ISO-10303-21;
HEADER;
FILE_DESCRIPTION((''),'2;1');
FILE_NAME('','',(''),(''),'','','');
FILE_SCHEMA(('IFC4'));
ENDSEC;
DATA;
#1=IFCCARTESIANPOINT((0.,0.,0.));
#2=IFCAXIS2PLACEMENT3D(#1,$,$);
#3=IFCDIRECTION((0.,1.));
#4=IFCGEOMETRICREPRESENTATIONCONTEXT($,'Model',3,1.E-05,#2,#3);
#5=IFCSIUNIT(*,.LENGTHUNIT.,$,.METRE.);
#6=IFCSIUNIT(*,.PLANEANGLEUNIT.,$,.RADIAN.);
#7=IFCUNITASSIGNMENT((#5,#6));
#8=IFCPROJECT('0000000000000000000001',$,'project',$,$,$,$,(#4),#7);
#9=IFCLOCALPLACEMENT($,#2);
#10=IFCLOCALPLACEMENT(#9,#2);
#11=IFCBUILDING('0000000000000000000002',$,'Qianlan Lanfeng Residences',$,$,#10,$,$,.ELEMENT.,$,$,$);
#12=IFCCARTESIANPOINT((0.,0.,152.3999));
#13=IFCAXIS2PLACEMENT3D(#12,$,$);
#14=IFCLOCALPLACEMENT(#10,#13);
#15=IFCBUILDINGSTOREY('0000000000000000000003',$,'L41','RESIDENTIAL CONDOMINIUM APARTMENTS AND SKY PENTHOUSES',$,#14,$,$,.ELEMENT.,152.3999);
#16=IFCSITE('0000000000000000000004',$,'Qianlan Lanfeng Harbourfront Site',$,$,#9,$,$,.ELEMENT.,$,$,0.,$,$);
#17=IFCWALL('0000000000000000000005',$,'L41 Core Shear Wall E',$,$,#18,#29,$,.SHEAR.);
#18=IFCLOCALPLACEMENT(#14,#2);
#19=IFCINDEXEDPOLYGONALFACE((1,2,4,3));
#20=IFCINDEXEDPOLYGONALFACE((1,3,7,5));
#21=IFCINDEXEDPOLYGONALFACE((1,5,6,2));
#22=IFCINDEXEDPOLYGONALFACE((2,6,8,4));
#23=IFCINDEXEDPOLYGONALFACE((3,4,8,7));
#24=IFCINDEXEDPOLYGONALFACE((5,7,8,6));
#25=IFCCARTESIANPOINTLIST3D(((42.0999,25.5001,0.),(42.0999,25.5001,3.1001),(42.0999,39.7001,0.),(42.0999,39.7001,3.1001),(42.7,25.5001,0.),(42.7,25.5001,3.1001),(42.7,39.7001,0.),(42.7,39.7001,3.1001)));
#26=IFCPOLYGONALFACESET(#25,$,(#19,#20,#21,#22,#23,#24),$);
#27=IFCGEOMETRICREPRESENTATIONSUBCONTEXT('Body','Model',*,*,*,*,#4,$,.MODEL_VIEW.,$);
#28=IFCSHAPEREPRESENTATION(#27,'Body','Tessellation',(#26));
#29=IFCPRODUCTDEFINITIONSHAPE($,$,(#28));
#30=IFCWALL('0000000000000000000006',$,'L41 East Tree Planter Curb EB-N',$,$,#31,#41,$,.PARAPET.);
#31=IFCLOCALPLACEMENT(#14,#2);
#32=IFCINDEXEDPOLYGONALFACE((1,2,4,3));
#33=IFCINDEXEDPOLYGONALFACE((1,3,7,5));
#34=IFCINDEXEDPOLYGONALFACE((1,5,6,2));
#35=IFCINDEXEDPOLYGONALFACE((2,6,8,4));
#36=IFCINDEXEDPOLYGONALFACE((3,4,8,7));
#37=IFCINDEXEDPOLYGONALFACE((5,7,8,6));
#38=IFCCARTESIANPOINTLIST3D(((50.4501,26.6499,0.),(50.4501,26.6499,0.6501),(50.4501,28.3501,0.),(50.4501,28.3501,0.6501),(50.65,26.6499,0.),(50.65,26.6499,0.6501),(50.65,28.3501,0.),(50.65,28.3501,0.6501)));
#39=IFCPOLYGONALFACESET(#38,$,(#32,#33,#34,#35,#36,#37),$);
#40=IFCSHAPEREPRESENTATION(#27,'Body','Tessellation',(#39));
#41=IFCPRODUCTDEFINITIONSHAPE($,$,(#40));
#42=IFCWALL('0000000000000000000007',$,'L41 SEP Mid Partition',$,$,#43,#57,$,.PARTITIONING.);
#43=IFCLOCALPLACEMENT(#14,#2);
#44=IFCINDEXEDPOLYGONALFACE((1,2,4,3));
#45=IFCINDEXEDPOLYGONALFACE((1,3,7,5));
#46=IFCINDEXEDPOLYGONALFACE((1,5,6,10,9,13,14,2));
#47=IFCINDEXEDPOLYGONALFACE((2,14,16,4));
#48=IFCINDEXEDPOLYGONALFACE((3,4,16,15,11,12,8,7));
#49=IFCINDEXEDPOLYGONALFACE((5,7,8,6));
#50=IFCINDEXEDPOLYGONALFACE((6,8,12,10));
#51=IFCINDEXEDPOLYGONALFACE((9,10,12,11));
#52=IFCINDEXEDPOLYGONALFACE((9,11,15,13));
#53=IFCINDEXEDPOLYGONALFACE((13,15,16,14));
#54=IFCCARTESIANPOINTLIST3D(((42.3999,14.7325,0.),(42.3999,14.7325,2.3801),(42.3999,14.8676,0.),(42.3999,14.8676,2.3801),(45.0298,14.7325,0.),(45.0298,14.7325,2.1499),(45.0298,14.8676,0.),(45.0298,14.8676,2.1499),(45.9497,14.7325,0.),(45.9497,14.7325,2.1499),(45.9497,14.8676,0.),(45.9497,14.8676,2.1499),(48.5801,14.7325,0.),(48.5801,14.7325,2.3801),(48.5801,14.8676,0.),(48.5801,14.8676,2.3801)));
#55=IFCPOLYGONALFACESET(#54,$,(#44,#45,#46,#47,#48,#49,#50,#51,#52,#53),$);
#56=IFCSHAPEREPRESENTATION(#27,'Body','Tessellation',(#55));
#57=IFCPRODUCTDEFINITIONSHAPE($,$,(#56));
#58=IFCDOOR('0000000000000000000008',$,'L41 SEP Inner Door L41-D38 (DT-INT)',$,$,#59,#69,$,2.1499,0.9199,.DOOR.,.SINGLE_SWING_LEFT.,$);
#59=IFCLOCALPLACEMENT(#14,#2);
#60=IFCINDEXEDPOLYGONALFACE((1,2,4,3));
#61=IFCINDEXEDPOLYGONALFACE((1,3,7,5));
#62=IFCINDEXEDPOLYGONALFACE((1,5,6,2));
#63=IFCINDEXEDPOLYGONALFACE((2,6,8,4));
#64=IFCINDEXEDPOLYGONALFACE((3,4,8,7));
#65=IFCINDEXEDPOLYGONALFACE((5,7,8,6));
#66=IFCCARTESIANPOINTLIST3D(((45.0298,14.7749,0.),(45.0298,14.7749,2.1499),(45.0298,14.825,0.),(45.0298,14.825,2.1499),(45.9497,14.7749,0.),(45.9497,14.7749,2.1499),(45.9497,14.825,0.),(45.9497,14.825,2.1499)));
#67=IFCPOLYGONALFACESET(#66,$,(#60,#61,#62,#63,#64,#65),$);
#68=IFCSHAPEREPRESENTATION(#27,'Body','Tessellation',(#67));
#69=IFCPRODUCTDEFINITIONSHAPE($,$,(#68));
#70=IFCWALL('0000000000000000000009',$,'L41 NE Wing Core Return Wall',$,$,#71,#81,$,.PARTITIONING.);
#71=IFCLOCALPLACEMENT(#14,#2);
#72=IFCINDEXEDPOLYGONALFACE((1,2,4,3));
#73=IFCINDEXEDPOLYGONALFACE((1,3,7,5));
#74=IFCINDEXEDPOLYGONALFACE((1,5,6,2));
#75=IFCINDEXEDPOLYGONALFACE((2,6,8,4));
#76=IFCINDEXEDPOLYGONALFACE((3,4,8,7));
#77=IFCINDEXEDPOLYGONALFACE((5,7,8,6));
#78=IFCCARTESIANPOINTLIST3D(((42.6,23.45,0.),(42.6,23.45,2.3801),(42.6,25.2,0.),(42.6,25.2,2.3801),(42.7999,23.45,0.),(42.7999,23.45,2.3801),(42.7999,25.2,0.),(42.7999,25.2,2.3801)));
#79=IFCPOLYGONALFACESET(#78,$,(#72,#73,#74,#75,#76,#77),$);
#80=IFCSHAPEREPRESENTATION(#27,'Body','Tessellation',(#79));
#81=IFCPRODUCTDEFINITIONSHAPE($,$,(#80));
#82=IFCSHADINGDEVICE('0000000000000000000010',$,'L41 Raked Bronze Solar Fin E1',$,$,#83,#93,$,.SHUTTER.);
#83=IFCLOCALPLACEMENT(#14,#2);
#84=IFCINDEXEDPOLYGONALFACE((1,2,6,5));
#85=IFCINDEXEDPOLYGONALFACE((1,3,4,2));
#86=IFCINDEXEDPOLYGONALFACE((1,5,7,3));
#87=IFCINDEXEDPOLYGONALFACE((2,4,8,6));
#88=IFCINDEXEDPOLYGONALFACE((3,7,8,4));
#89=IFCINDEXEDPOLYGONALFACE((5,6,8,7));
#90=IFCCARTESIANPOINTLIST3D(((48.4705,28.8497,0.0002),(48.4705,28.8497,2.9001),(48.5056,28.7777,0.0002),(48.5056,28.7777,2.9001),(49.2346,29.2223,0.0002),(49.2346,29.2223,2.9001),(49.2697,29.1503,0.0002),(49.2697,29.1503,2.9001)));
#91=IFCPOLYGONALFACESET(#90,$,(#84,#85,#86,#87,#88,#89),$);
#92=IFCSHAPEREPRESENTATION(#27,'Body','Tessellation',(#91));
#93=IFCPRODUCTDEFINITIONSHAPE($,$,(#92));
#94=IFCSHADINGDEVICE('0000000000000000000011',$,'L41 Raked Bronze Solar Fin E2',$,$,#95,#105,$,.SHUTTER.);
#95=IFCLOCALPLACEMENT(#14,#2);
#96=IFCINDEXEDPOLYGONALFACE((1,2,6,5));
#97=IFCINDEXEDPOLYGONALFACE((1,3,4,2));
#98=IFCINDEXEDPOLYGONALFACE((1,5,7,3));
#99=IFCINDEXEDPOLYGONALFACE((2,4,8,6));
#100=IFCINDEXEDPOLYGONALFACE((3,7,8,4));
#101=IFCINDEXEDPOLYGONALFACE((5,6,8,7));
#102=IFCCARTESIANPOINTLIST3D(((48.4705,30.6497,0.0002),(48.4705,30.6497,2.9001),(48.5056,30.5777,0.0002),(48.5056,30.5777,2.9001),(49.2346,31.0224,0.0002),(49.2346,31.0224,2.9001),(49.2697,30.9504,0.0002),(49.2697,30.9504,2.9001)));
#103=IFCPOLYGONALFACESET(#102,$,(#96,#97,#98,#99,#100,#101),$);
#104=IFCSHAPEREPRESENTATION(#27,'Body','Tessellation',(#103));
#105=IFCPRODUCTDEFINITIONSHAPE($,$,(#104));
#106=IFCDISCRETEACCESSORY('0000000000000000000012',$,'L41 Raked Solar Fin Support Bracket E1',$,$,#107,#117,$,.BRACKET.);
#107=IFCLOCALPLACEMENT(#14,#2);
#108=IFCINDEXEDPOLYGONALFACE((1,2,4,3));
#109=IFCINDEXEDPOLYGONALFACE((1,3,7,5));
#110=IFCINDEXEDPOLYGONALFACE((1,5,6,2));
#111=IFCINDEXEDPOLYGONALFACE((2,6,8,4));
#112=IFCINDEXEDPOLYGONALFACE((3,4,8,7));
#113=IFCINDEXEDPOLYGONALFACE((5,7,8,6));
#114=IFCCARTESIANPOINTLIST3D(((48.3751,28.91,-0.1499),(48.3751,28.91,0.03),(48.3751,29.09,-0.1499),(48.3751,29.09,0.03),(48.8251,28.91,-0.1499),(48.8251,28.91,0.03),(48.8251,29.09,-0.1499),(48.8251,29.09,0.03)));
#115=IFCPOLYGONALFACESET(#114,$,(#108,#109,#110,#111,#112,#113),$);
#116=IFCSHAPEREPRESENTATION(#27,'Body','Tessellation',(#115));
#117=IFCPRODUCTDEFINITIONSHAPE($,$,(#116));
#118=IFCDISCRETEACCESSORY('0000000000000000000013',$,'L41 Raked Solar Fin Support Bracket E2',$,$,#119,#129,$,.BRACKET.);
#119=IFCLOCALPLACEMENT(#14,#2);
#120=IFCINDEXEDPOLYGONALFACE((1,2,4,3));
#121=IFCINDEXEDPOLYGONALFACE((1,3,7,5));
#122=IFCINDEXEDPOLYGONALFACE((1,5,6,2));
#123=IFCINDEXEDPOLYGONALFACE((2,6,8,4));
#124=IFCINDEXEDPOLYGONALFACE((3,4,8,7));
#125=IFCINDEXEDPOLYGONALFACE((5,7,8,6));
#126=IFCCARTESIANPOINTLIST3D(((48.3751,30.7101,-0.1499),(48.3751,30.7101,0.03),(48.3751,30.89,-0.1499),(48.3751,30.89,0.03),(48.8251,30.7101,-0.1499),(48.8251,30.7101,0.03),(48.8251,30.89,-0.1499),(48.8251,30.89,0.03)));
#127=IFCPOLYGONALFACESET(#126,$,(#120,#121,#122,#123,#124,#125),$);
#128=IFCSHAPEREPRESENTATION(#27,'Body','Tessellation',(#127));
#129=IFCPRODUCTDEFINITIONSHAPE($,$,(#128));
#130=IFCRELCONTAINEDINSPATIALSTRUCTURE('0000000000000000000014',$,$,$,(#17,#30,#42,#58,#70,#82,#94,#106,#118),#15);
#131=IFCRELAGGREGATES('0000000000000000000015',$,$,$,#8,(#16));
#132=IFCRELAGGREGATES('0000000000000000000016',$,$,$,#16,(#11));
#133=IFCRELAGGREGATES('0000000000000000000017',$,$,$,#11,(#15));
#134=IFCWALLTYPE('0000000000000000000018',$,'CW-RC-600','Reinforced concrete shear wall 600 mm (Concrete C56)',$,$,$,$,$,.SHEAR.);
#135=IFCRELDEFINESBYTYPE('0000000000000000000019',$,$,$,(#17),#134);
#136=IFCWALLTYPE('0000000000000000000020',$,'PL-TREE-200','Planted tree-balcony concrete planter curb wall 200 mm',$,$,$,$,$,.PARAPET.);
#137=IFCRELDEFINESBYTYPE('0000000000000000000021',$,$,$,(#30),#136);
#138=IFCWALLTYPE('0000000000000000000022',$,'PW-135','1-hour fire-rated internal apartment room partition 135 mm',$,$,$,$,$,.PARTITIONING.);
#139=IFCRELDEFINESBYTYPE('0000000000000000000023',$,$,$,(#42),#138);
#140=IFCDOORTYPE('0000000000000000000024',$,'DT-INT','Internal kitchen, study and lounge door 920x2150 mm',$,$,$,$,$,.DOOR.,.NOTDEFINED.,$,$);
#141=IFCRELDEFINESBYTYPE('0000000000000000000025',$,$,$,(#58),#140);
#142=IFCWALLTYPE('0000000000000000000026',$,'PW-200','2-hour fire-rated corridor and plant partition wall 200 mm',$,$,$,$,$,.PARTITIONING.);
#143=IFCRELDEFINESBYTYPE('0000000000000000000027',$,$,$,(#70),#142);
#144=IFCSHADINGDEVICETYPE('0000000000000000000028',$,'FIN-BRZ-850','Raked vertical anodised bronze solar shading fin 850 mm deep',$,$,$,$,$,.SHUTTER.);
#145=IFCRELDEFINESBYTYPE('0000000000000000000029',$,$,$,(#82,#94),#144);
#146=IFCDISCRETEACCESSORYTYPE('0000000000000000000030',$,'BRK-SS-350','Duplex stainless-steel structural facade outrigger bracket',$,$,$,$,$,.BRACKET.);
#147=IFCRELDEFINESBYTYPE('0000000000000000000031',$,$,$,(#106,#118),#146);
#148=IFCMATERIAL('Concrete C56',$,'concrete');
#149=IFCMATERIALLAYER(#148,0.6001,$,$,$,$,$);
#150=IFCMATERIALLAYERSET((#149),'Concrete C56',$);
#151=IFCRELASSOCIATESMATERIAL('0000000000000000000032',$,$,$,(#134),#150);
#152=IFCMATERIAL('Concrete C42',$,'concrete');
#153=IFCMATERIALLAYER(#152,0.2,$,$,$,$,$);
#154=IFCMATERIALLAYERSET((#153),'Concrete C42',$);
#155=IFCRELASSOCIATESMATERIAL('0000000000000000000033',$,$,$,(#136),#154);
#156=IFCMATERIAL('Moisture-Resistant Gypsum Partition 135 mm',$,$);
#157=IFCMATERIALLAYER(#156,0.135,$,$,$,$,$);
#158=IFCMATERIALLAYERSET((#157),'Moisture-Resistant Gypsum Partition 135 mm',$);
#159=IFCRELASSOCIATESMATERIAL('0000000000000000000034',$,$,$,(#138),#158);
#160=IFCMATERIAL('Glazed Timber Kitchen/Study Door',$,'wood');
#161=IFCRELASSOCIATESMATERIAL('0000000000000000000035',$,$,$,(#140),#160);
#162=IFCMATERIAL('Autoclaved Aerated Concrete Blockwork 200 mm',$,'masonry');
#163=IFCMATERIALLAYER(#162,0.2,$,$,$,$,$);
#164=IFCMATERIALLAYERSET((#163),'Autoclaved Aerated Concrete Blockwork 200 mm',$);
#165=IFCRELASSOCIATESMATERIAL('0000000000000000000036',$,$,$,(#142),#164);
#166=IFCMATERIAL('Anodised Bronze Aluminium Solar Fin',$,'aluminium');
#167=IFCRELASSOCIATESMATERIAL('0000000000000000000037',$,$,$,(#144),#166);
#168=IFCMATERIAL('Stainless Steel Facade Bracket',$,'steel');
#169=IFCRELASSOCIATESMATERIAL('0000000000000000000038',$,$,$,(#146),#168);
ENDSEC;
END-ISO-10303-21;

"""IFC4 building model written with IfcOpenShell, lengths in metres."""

from ifc_helpers import new_model, si_unit, direction, frame, frame_2d, origin, origin_2d, place, context, subcontext, project, spatial, rectangle, extrude, source, transform, mapped, material, layer, layer_set, type_object, element, fill, save


model = new_model("IFC4")

# Units and contexts
model_context = context("Model", 3, precision=1e-05, world=origin(), true_north=direction((0.0, 1.0)))
body_context = subcontext(model_context, "Body", "Model", "MODEL_VIEW")
ifc_project = project(units=[si_unit("LENGTHUNIT", "METRE"), si_unit("PLANEANGLEUNIT", "RADIAN")], contexts=[model_context])

# Site, building, storey
site_placement = place(None, origin())
site = spatial("IfcSite", under=ifc_project, at=site_placement, Name="Qianlan Lanfeng Harbourfront Site", CompositionType="ELEMENT", RefElevation=0.0)
building_placement = place(site_placement, origin())
building = spatial("IfcBuilding", under=site, at=building_placement, Name="Qianlan Lanfeng Residences", CompositionType="ELEMENT")
storey_placement = place(building_placement, frame((0.0, 0.0, 152.3999)))
storey = spatial("IfcBuildingStorey", under=building, at=storey_placement, Name="L41", Description="RESIDENTIAL CONDOMINIUM APARTMENTS AND SKY PENTHOUSES", CompositionType="ELEMENT", Elevation=152.3999)

# Walls
ifc_material_1 = material(Name="Concrete C56", Category="concrete")
ifc_layer_1 = layer(ifc_material_1, 0.6001)
ifc_layer_set_1 = layer_set([ifc_layer_1], Name="Concrete C56")
wall_type_1 = type_object("IfcWallType", Name="CW-RC-600", Description="Reinforced concrete shear wall 600 mm (Concrete C56)", PredefinedType="SHEAR", material=ifc_layer_set_1)
wall_1_placement = place(storey_placement, frame((42.3999, 25.5, 0.0), z_axis=(0.0, 0.0, 1.0), x_axis=(0.0, 1.0, 0.0)))
element("IfcWall", 1, at=wall_1_placement, inside=storey, type_object=wall_type_1, Name="L41 Core Shear Wall E", PredefinedType="SHEAR", context=body_context, shape_type="SweptSolid", body=[
    extrude(rectangle(XDim=14.2, YDim=0.6001, at=frame_2d((7.1001, 0.0))), origin(), (0.0, 0.0, 1.0), 3.1001),
])
ifc_material_2 = material(Name="Concrete C42", Category="concrete")
ifc_layer_2 = layer(ifc_material_2, 0.2)
ifc_layer_set_2 = layer_set([ifc_layer_2], Name="Concrete C42")
wall_type_2 = type_object("IfcWallType", Name="PL-TREE-200", Description="Planted tree-balcony concrete planter curb wall 200 mm", PredefinedType="PARAPET", material=ifc_layer_set_2)
wall_2_placement = place(storey_placement, frame((50.55, 26.6499, 0.0), z_axis=(0.0, 0.0, 1.0), x_axis=(0.0, 1.0, 0.0)))
element("IfcWall", 2, at=wall_2_placement, inside=storey, type_object=wall_type_2, Name="L41 East Tree Planter Curb EB-N", PredefinedType="PARAPET", context=body_context, shape_type="SweptSolid", body=[
    extrude(rectangle(XDim=1.7002, YDim=0.2, at=frame_2d((0.8501, 0.0))), origin(), (0.0, 0.0, 1.0), 0.6501),
])

# Wall, opening, door
ifc_material_3 = material(Name="Moisture-Resistant Gypsum Partition 135 mm")
ifc_layer_3 = layer(ifc_material_3, 0.135)
ifc_layer_set_3 = layer_set([ifc_layer_3], Name="Moisture-Resistant Gypsum Partition 135 mm")
wall_type_3 = type_object("IfcWallType", Name="PW-135", Description="1-hour fire-rated internal apartment room partition 135 mm", PredefinedType="PARTITIONING", material=ifc_layer_set_3)
wall_3_placement = place(storey_placement, frame((42.3999, 14.8, 0.0), z_axis=(0.0, 0.0, 1.0), x_axis=(1.0, 0.0, 0.0)))
wall_3 = element("IfcWall", 3, at=wall_3_placement, inside=storey, type_object=wall_type_3, Name="L41 SEP Mid Partition", PredefinedType="PARTITIONING", context=body_context, shape_type="SweptSolid", body=[
    extrude(rectangle(XDim=6.1802, YDim=0.135, at=frame_2d((3.0901, 0.0))), origin(), (0.0, 0.0, 1.0), 2.3801),
])
opening_1_placement = place(wall_3_placement, frame((2.6299, 0.0, 0.0)))
opening_1 = element("IfcOpeningElement", 4, at=opening_1_placement, cuts=wall_3, PredefinedType="OPENING", context=body_context, shape_type="SweptSolid", body=[
    extrude(rectangle(XDim=0.9199, YDim=2.1499, at=frame_2d((0.46, 1.075))), frame((0.0, 0.0776, 0.0), z_axis=(0.0, -1.0, 0.0), x_axis=(1.0, 0.0, 0.0)), (0.0, 0.0, 1.0), 0.155),
])
ifc_material_4 = material(Name="Glazed Timber Kitchen/Study Door", Category="wood")
door_type = type_object("IfcDoorType", Name="DT-INT", Description="Internal kitchen, study and lounge door 920x2150 mm", OperationType="NOTDEFINED", PredefinedType="DOOR", material=ifc_material_4)
door_1_placement = place(opening_1_placement, origin())
door_1 = element("IfcDoor", 5, at=door_1_placement, inside=storey, type_object=door_type, Name="L41 SEP Inner Door L41-D38 (DT-INT)", OperationType="SINGLE_SWING_LEFT", OverallHeight=2.1499, OverallWidth=0.9199, PredefinedType="DOOR", context=body_context, shape_type="SweptSolid", body=[
    extrude(rectangle(XDim=0.9199, YDim=2.1499, at=frame_2d((0.46, 1.075))), frame((0.0, 0.0249, 0.0), z_axis=(0.0, -1.0, 0.0), x_axis=(1.0, 0.0, 0.0)), (0.0, 0.0, 1.0), 0.05),
])
fill(opening_1, door_1)
ifc_material_5 = material(Name="Autoclaved Aerated Concrete Blockwork 200 mm", Category="masonry")
ifc_layer_4 = layer(ifc_material_5, 0.2)
ifc_layer_set_4 = layer_set([ifc_layer_4], Name="Autoclaved Aerated Concrete Blockwork 200 mm")
wall_type_4 = type_object("IfcWallType", Name="PW-200", Description="2-hour fire-rated corridor and plant partition wall 200 mm", PredefinedType="PARTITIONING", material=ifc_layer_set_4)

# Wall
wall_4_placement = place(storey_placement, frame((42.7, 23.45, 0.0), z_axis=(0.0, 0.0, 1.0), x_axis=(0.0, 1.0, 0.0)))
element("IfcWall", 6, at=wall_4_placement, inside=storey, type_object=wall_type_4, Name="L41 NE Wing Core Return Wall", PredefinedType="PARTITIONING", context=body_context, shape_type="SweptSolid", body=[
    extrude(rectangle(XDim=1.75, YDim=0.2, at=frame_2d((0.875, 0.0))), origin(), (0.0, 0.0, 1.0), 2.3801),
])

# Shading devices
ifc_material_6 = material(Name="Anodised Bronze Aluminium Solar Fin", Category="aluminium")
shading_device_type = type_object("IfcShadingDeviceType", Name="FIN-BRZ-850", Description="Raked vertical anodised bronze solar shading fin 850 mm deep", PredefinedType="SHUTTER", material=ifc_material_6)
shared_shape_1 = source(origin(), body_context, "Body", "SweptSolid", [
    extrude(rectangle(XDim=0.8501, YDim=0.0801, at=origin_2d()), origin(), (0.0, 0.0, 1.0), 2.8999),
])
for number, where, z_axis, x_axis, name in (
    (7, (48.8701, 29.0, 0.0002), (0.0, 0.0, 1.0), (0.898794, 0.438371, 0.0), "L41 Raked Bronze Solar Fin E1"),
    (8, (48.8701, 30.8, 0.0002), (0.0, 0.0, 1.0), (0.898794, 0.438371, 0.0), "L41 Raked Bronze Solar Fin E2"),
):
    element("IfcShadingDevice", number, at=place(storey_placement, frame(where, z_axis=z_axis, x_axis=x_axis)), inside=storey, type_object=shading_device_type, Name=name, PredefinedType="SHUTTER", context=body_context, shape_type="MappedRepresentation", body=[
        mapped(shared_shape_1, transform((0.0, 0.0, 0.0), scale=1.0)),
    ])

# Discrete accessories
ifc_material_7 = material(Name="Stainless Steel Facade Bracket", Category="steel")
discrete_accessory_type = type_object("IfcDiscreteAccessoryType", Name="BRK-SS-350", Description="Duplex stainless-steel structural facade outrigger bracket", PredefinedType="BRACKET", material=ifc_material_7)
shared_shape_2 = source(origin(), body_context, "Body", "SweptSolid", [
    extrude(rectangle(XDim=0.45, YDim=0.1799, at=origin_2d()), origin(), (0.0, 0.0, 1.0), 0.1799),
])
for number, where, z_axis, x_axis, name in (
    (9, (48.6001, 29.0, -0.1499), (0.0, 0.0, 1.0), (1.0, 0.0, 0.0), "L41 Raked Solar Fin Support Bracket E1"),
    (10, (48.6001, 30.8, -0.1499), (0.0, 0.0, 1.0), (1.0, 0.0, 0.0), "L41 Raked Solar Fin Support Bracket E2"),
):
    element("IfcDiscreteAccessory", number, at=place(storey_placement, frame(where, z_axis=z_axis, x_axis=x_axis)), inside=storey, type_object=discrete_accessory_type, Name=name, PredefinedType="BRACKET", context=body_context, shape_type="MappedRepresentation", body=[
        mapped(shared_shape_2, transform((0.0, 0.0, 0.0), scale=1.0)),
    ])

save(model, "model.ifc")
